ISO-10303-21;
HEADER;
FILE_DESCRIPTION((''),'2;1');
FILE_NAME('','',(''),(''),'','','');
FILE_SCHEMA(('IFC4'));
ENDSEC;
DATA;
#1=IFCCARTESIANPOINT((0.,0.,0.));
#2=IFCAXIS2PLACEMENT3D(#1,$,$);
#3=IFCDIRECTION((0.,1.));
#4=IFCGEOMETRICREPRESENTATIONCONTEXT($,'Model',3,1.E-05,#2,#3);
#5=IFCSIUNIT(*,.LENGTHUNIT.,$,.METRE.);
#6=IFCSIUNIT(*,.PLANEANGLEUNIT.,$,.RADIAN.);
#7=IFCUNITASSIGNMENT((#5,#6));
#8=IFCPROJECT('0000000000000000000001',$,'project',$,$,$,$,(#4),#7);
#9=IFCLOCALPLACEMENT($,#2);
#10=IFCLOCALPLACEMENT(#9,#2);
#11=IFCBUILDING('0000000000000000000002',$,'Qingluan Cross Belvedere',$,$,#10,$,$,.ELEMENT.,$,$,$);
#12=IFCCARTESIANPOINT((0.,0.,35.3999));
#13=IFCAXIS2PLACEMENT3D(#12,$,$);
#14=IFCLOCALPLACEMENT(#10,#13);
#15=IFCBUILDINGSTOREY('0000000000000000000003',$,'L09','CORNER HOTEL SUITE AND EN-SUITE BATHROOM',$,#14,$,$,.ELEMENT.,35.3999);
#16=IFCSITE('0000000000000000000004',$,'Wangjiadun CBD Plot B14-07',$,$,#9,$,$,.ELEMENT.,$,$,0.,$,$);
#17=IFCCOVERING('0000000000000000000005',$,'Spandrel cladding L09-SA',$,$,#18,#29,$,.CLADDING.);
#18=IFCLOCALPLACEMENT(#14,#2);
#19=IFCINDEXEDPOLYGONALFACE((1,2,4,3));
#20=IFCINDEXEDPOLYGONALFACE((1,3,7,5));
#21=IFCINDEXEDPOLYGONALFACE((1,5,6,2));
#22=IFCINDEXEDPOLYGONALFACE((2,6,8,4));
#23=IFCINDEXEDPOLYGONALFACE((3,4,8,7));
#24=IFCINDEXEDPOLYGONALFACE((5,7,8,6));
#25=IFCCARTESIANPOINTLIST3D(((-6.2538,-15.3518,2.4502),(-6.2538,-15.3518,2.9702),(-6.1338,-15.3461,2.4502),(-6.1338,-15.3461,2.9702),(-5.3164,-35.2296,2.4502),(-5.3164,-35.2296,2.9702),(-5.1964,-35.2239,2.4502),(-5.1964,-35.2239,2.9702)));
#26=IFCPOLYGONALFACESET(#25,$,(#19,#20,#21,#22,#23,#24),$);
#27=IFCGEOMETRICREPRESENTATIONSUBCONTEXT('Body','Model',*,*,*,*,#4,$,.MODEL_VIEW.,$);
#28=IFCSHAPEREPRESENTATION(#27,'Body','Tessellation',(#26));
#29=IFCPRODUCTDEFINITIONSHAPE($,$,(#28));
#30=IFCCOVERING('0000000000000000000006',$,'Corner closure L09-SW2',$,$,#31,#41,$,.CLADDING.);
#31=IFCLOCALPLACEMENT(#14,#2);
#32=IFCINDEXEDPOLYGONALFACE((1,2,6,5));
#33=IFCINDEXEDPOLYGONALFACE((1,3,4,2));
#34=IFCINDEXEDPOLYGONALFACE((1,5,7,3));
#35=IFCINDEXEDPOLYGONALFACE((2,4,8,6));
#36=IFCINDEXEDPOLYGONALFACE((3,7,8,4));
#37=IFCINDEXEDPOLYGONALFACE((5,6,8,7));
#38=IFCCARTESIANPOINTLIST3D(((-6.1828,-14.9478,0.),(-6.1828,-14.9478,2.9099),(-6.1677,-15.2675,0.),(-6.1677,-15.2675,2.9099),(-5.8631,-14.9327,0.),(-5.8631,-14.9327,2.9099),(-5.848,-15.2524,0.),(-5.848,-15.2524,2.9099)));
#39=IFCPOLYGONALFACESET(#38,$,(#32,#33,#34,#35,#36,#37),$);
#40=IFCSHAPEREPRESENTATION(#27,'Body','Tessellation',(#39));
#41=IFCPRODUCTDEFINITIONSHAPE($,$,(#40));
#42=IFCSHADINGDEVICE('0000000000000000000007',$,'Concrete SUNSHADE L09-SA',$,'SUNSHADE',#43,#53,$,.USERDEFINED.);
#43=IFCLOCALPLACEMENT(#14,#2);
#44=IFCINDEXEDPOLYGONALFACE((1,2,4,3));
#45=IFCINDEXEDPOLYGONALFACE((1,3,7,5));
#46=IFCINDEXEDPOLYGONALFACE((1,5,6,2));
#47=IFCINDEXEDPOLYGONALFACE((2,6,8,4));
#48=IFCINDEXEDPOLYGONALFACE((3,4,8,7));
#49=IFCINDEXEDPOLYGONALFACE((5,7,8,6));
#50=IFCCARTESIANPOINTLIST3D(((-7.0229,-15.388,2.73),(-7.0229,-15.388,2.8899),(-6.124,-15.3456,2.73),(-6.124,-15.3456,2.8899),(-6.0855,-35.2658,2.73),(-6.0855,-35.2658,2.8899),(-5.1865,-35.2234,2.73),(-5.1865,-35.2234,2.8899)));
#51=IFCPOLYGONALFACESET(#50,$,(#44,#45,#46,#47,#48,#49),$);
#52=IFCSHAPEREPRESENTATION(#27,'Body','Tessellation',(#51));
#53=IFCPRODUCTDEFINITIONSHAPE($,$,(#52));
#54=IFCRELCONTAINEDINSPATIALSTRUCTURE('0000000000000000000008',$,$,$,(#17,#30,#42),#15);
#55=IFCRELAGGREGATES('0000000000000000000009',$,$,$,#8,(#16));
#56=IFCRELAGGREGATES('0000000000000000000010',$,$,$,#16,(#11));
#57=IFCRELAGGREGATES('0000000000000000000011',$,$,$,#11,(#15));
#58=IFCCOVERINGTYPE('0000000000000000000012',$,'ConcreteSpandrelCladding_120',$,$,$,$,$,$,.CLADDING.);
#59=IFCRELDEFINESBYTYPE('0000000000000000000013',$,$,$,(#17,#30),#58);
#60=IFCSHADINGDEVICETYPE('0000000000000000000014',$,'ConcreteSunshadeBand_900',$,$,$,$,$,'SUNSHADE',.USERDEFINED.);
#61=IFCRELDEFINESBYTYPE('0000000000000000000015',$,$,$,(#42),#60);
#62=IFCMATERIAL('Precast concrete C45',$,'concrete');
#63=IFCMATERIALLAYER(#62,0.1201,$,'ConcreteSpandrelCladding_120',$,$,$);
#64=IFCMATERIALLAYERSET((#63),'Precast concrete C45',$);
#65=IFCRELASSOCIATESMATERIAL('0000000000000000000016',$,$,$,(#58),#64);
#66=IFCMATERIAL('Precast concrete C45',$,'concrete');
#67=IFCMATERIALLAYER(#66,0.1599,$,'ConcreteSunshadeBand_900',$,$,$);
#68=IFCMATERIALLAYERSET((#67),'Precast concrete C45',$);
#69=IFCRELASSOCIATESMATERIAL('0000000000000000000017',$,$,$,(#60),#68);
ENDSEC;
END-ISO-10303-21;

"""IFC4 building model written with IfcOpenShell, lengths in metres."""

from ifc_helpers import new_model, si_unit, direction, frame, origin, origin_2d, place, context, subcontext, project, spatial, rectangle, extrude, material, layer, layer_set, type_object, element, save


model = new_model("IFC4")

# Units and contexts
model_context = context("Model", 3, precision=1e-05, world=origin(), true_north=direction((0.0, 1.0)))
body_context = subcontext(model_context, "Body", "Model", "MODEL_VIEW")
ifc_project = project(units=[si_unit("LENGTHUNIT", "METRE"), si_unit("PLANEANGLEUNIT", "RADIAN")], contexts=[model_context])

# Site, building, storey
site_placement = place(None, origin())
site = spatial("IfcSite", under=ifc_project, at=site_placement, Name="Wangjiadun CBD Plot B14-07", CompositionType="ELEMENT", RefElevation=0.0)
building_placement = place(site_placement, origin())
building = spatial("IfcBuilding", under=site, at=building_placement, Name="Qingluan Cross Belvedere", CompositionType="ELEMENT")
storey_placement = place(building_placement, frame((0.0, 0.0, 35.3999)))
storey = spatial("IfcBuildingStorey", under=building, at=storey_placement, Name="L09", Description="CORNER HOTEL SUITE AND EN-SUITE BATHROOM", CompositionType="ELEMENT", Elevation=35.3999)

# Coverings
ifc_material_1 = material(Name="Precast concrete C45", Category="concrete")
ifc_layer_1 = layer(ifc_material_1, 0.1201, Name="ConcreteSpandrelCladding_120")
ifc_layer_set_1 = layer_set([ifc_layer_1], Name="Precast concrete C45")
covering_type = type_object("IfcCoveringType", Name="ConcreteSpandrelCladding_120", PredefinedType="CLADDING", material=ifc_layer_set_1)
covering_1_placement = place(storey_placement, frame((-5.7251, -25.2878, 2.4502), z_axis=(0.0, 0.0, 1.0), x_axis=(0.047109, -0.99889, 0.0)))
element("IfcCovering", 1, at=covering_1_placement, inside=storey, type_object=covering_type, Name="Spandrel cladding L09-SA", PredefinedType="CLADDING", context=body_context, shape_type="SweptSolid", body=[
    extrude(rectangle(XDim=19.8999, YDim=0.1201, at=origin_2d()), origin(), (0.0, 0.0, 1.0), 0.52),
])
covering_2_placement = place(storey_placement, frame((-6.0154, -15.1001, 0.0), z_axis=(0.0, 0.0, 1.0), x_axis=(0.99889, 0.047106, 0.0)))
element("IfcCovering", 2, at=covering_2_placement, inside=storey, type_object=covering_type, Name="Corner closure L09-SW2", PredefinedType="CLADDING", context=body_context, shape_type="SweptSolid", body=[
    extrude(rectangle(XDim=0.3201, YDim=0.3201, at=origin_2d()), origin(), (0.0, 0.0, 1.0), 2.9099),
])

# Shading device
ifc_material_2 = material(Name="Precast concrete C45", Category="concrete")
ifc_layer_2 = layer(ifc_material_2, 0.1599, Name="ConcreteSunshadeBand_900")
ifc_layer_set_2 = layer_set([ifc_layer_2], Name="Precast concrete C45")
shading_device_type = type_object("IfcShadingDeviceType", Name="ConcreteSunshadeBand_900", ElementType="SUNSHADE", PredefinedType="USERDEFINED", material=ifc_layer_set_2)
shading_device_placement = place(storey_placement, frame((-6.1047, -25.3057, 2.73), z_axis=(0.0, 0.0, 1.0), x_axis=(0.047109, -0.99889, 0.0)))
element("IfcShadingDevice", 3, at=shading_device_placement, inside=storey, type_object=shading_device_type, Name="Concrete SUNSHADE L09-SA", ObjectType="SUNSHADE", PredefinedType="USERDEFINED", context=body_context, shape_type="SweptSolid", body=[
    extrude(rectangle(XDim=19.8999, YDim=0.8999, at=origin_2d()), origin(), (0.0, 0.0, 1.0), 0.1599),
])

save(model, "model.ifc")
